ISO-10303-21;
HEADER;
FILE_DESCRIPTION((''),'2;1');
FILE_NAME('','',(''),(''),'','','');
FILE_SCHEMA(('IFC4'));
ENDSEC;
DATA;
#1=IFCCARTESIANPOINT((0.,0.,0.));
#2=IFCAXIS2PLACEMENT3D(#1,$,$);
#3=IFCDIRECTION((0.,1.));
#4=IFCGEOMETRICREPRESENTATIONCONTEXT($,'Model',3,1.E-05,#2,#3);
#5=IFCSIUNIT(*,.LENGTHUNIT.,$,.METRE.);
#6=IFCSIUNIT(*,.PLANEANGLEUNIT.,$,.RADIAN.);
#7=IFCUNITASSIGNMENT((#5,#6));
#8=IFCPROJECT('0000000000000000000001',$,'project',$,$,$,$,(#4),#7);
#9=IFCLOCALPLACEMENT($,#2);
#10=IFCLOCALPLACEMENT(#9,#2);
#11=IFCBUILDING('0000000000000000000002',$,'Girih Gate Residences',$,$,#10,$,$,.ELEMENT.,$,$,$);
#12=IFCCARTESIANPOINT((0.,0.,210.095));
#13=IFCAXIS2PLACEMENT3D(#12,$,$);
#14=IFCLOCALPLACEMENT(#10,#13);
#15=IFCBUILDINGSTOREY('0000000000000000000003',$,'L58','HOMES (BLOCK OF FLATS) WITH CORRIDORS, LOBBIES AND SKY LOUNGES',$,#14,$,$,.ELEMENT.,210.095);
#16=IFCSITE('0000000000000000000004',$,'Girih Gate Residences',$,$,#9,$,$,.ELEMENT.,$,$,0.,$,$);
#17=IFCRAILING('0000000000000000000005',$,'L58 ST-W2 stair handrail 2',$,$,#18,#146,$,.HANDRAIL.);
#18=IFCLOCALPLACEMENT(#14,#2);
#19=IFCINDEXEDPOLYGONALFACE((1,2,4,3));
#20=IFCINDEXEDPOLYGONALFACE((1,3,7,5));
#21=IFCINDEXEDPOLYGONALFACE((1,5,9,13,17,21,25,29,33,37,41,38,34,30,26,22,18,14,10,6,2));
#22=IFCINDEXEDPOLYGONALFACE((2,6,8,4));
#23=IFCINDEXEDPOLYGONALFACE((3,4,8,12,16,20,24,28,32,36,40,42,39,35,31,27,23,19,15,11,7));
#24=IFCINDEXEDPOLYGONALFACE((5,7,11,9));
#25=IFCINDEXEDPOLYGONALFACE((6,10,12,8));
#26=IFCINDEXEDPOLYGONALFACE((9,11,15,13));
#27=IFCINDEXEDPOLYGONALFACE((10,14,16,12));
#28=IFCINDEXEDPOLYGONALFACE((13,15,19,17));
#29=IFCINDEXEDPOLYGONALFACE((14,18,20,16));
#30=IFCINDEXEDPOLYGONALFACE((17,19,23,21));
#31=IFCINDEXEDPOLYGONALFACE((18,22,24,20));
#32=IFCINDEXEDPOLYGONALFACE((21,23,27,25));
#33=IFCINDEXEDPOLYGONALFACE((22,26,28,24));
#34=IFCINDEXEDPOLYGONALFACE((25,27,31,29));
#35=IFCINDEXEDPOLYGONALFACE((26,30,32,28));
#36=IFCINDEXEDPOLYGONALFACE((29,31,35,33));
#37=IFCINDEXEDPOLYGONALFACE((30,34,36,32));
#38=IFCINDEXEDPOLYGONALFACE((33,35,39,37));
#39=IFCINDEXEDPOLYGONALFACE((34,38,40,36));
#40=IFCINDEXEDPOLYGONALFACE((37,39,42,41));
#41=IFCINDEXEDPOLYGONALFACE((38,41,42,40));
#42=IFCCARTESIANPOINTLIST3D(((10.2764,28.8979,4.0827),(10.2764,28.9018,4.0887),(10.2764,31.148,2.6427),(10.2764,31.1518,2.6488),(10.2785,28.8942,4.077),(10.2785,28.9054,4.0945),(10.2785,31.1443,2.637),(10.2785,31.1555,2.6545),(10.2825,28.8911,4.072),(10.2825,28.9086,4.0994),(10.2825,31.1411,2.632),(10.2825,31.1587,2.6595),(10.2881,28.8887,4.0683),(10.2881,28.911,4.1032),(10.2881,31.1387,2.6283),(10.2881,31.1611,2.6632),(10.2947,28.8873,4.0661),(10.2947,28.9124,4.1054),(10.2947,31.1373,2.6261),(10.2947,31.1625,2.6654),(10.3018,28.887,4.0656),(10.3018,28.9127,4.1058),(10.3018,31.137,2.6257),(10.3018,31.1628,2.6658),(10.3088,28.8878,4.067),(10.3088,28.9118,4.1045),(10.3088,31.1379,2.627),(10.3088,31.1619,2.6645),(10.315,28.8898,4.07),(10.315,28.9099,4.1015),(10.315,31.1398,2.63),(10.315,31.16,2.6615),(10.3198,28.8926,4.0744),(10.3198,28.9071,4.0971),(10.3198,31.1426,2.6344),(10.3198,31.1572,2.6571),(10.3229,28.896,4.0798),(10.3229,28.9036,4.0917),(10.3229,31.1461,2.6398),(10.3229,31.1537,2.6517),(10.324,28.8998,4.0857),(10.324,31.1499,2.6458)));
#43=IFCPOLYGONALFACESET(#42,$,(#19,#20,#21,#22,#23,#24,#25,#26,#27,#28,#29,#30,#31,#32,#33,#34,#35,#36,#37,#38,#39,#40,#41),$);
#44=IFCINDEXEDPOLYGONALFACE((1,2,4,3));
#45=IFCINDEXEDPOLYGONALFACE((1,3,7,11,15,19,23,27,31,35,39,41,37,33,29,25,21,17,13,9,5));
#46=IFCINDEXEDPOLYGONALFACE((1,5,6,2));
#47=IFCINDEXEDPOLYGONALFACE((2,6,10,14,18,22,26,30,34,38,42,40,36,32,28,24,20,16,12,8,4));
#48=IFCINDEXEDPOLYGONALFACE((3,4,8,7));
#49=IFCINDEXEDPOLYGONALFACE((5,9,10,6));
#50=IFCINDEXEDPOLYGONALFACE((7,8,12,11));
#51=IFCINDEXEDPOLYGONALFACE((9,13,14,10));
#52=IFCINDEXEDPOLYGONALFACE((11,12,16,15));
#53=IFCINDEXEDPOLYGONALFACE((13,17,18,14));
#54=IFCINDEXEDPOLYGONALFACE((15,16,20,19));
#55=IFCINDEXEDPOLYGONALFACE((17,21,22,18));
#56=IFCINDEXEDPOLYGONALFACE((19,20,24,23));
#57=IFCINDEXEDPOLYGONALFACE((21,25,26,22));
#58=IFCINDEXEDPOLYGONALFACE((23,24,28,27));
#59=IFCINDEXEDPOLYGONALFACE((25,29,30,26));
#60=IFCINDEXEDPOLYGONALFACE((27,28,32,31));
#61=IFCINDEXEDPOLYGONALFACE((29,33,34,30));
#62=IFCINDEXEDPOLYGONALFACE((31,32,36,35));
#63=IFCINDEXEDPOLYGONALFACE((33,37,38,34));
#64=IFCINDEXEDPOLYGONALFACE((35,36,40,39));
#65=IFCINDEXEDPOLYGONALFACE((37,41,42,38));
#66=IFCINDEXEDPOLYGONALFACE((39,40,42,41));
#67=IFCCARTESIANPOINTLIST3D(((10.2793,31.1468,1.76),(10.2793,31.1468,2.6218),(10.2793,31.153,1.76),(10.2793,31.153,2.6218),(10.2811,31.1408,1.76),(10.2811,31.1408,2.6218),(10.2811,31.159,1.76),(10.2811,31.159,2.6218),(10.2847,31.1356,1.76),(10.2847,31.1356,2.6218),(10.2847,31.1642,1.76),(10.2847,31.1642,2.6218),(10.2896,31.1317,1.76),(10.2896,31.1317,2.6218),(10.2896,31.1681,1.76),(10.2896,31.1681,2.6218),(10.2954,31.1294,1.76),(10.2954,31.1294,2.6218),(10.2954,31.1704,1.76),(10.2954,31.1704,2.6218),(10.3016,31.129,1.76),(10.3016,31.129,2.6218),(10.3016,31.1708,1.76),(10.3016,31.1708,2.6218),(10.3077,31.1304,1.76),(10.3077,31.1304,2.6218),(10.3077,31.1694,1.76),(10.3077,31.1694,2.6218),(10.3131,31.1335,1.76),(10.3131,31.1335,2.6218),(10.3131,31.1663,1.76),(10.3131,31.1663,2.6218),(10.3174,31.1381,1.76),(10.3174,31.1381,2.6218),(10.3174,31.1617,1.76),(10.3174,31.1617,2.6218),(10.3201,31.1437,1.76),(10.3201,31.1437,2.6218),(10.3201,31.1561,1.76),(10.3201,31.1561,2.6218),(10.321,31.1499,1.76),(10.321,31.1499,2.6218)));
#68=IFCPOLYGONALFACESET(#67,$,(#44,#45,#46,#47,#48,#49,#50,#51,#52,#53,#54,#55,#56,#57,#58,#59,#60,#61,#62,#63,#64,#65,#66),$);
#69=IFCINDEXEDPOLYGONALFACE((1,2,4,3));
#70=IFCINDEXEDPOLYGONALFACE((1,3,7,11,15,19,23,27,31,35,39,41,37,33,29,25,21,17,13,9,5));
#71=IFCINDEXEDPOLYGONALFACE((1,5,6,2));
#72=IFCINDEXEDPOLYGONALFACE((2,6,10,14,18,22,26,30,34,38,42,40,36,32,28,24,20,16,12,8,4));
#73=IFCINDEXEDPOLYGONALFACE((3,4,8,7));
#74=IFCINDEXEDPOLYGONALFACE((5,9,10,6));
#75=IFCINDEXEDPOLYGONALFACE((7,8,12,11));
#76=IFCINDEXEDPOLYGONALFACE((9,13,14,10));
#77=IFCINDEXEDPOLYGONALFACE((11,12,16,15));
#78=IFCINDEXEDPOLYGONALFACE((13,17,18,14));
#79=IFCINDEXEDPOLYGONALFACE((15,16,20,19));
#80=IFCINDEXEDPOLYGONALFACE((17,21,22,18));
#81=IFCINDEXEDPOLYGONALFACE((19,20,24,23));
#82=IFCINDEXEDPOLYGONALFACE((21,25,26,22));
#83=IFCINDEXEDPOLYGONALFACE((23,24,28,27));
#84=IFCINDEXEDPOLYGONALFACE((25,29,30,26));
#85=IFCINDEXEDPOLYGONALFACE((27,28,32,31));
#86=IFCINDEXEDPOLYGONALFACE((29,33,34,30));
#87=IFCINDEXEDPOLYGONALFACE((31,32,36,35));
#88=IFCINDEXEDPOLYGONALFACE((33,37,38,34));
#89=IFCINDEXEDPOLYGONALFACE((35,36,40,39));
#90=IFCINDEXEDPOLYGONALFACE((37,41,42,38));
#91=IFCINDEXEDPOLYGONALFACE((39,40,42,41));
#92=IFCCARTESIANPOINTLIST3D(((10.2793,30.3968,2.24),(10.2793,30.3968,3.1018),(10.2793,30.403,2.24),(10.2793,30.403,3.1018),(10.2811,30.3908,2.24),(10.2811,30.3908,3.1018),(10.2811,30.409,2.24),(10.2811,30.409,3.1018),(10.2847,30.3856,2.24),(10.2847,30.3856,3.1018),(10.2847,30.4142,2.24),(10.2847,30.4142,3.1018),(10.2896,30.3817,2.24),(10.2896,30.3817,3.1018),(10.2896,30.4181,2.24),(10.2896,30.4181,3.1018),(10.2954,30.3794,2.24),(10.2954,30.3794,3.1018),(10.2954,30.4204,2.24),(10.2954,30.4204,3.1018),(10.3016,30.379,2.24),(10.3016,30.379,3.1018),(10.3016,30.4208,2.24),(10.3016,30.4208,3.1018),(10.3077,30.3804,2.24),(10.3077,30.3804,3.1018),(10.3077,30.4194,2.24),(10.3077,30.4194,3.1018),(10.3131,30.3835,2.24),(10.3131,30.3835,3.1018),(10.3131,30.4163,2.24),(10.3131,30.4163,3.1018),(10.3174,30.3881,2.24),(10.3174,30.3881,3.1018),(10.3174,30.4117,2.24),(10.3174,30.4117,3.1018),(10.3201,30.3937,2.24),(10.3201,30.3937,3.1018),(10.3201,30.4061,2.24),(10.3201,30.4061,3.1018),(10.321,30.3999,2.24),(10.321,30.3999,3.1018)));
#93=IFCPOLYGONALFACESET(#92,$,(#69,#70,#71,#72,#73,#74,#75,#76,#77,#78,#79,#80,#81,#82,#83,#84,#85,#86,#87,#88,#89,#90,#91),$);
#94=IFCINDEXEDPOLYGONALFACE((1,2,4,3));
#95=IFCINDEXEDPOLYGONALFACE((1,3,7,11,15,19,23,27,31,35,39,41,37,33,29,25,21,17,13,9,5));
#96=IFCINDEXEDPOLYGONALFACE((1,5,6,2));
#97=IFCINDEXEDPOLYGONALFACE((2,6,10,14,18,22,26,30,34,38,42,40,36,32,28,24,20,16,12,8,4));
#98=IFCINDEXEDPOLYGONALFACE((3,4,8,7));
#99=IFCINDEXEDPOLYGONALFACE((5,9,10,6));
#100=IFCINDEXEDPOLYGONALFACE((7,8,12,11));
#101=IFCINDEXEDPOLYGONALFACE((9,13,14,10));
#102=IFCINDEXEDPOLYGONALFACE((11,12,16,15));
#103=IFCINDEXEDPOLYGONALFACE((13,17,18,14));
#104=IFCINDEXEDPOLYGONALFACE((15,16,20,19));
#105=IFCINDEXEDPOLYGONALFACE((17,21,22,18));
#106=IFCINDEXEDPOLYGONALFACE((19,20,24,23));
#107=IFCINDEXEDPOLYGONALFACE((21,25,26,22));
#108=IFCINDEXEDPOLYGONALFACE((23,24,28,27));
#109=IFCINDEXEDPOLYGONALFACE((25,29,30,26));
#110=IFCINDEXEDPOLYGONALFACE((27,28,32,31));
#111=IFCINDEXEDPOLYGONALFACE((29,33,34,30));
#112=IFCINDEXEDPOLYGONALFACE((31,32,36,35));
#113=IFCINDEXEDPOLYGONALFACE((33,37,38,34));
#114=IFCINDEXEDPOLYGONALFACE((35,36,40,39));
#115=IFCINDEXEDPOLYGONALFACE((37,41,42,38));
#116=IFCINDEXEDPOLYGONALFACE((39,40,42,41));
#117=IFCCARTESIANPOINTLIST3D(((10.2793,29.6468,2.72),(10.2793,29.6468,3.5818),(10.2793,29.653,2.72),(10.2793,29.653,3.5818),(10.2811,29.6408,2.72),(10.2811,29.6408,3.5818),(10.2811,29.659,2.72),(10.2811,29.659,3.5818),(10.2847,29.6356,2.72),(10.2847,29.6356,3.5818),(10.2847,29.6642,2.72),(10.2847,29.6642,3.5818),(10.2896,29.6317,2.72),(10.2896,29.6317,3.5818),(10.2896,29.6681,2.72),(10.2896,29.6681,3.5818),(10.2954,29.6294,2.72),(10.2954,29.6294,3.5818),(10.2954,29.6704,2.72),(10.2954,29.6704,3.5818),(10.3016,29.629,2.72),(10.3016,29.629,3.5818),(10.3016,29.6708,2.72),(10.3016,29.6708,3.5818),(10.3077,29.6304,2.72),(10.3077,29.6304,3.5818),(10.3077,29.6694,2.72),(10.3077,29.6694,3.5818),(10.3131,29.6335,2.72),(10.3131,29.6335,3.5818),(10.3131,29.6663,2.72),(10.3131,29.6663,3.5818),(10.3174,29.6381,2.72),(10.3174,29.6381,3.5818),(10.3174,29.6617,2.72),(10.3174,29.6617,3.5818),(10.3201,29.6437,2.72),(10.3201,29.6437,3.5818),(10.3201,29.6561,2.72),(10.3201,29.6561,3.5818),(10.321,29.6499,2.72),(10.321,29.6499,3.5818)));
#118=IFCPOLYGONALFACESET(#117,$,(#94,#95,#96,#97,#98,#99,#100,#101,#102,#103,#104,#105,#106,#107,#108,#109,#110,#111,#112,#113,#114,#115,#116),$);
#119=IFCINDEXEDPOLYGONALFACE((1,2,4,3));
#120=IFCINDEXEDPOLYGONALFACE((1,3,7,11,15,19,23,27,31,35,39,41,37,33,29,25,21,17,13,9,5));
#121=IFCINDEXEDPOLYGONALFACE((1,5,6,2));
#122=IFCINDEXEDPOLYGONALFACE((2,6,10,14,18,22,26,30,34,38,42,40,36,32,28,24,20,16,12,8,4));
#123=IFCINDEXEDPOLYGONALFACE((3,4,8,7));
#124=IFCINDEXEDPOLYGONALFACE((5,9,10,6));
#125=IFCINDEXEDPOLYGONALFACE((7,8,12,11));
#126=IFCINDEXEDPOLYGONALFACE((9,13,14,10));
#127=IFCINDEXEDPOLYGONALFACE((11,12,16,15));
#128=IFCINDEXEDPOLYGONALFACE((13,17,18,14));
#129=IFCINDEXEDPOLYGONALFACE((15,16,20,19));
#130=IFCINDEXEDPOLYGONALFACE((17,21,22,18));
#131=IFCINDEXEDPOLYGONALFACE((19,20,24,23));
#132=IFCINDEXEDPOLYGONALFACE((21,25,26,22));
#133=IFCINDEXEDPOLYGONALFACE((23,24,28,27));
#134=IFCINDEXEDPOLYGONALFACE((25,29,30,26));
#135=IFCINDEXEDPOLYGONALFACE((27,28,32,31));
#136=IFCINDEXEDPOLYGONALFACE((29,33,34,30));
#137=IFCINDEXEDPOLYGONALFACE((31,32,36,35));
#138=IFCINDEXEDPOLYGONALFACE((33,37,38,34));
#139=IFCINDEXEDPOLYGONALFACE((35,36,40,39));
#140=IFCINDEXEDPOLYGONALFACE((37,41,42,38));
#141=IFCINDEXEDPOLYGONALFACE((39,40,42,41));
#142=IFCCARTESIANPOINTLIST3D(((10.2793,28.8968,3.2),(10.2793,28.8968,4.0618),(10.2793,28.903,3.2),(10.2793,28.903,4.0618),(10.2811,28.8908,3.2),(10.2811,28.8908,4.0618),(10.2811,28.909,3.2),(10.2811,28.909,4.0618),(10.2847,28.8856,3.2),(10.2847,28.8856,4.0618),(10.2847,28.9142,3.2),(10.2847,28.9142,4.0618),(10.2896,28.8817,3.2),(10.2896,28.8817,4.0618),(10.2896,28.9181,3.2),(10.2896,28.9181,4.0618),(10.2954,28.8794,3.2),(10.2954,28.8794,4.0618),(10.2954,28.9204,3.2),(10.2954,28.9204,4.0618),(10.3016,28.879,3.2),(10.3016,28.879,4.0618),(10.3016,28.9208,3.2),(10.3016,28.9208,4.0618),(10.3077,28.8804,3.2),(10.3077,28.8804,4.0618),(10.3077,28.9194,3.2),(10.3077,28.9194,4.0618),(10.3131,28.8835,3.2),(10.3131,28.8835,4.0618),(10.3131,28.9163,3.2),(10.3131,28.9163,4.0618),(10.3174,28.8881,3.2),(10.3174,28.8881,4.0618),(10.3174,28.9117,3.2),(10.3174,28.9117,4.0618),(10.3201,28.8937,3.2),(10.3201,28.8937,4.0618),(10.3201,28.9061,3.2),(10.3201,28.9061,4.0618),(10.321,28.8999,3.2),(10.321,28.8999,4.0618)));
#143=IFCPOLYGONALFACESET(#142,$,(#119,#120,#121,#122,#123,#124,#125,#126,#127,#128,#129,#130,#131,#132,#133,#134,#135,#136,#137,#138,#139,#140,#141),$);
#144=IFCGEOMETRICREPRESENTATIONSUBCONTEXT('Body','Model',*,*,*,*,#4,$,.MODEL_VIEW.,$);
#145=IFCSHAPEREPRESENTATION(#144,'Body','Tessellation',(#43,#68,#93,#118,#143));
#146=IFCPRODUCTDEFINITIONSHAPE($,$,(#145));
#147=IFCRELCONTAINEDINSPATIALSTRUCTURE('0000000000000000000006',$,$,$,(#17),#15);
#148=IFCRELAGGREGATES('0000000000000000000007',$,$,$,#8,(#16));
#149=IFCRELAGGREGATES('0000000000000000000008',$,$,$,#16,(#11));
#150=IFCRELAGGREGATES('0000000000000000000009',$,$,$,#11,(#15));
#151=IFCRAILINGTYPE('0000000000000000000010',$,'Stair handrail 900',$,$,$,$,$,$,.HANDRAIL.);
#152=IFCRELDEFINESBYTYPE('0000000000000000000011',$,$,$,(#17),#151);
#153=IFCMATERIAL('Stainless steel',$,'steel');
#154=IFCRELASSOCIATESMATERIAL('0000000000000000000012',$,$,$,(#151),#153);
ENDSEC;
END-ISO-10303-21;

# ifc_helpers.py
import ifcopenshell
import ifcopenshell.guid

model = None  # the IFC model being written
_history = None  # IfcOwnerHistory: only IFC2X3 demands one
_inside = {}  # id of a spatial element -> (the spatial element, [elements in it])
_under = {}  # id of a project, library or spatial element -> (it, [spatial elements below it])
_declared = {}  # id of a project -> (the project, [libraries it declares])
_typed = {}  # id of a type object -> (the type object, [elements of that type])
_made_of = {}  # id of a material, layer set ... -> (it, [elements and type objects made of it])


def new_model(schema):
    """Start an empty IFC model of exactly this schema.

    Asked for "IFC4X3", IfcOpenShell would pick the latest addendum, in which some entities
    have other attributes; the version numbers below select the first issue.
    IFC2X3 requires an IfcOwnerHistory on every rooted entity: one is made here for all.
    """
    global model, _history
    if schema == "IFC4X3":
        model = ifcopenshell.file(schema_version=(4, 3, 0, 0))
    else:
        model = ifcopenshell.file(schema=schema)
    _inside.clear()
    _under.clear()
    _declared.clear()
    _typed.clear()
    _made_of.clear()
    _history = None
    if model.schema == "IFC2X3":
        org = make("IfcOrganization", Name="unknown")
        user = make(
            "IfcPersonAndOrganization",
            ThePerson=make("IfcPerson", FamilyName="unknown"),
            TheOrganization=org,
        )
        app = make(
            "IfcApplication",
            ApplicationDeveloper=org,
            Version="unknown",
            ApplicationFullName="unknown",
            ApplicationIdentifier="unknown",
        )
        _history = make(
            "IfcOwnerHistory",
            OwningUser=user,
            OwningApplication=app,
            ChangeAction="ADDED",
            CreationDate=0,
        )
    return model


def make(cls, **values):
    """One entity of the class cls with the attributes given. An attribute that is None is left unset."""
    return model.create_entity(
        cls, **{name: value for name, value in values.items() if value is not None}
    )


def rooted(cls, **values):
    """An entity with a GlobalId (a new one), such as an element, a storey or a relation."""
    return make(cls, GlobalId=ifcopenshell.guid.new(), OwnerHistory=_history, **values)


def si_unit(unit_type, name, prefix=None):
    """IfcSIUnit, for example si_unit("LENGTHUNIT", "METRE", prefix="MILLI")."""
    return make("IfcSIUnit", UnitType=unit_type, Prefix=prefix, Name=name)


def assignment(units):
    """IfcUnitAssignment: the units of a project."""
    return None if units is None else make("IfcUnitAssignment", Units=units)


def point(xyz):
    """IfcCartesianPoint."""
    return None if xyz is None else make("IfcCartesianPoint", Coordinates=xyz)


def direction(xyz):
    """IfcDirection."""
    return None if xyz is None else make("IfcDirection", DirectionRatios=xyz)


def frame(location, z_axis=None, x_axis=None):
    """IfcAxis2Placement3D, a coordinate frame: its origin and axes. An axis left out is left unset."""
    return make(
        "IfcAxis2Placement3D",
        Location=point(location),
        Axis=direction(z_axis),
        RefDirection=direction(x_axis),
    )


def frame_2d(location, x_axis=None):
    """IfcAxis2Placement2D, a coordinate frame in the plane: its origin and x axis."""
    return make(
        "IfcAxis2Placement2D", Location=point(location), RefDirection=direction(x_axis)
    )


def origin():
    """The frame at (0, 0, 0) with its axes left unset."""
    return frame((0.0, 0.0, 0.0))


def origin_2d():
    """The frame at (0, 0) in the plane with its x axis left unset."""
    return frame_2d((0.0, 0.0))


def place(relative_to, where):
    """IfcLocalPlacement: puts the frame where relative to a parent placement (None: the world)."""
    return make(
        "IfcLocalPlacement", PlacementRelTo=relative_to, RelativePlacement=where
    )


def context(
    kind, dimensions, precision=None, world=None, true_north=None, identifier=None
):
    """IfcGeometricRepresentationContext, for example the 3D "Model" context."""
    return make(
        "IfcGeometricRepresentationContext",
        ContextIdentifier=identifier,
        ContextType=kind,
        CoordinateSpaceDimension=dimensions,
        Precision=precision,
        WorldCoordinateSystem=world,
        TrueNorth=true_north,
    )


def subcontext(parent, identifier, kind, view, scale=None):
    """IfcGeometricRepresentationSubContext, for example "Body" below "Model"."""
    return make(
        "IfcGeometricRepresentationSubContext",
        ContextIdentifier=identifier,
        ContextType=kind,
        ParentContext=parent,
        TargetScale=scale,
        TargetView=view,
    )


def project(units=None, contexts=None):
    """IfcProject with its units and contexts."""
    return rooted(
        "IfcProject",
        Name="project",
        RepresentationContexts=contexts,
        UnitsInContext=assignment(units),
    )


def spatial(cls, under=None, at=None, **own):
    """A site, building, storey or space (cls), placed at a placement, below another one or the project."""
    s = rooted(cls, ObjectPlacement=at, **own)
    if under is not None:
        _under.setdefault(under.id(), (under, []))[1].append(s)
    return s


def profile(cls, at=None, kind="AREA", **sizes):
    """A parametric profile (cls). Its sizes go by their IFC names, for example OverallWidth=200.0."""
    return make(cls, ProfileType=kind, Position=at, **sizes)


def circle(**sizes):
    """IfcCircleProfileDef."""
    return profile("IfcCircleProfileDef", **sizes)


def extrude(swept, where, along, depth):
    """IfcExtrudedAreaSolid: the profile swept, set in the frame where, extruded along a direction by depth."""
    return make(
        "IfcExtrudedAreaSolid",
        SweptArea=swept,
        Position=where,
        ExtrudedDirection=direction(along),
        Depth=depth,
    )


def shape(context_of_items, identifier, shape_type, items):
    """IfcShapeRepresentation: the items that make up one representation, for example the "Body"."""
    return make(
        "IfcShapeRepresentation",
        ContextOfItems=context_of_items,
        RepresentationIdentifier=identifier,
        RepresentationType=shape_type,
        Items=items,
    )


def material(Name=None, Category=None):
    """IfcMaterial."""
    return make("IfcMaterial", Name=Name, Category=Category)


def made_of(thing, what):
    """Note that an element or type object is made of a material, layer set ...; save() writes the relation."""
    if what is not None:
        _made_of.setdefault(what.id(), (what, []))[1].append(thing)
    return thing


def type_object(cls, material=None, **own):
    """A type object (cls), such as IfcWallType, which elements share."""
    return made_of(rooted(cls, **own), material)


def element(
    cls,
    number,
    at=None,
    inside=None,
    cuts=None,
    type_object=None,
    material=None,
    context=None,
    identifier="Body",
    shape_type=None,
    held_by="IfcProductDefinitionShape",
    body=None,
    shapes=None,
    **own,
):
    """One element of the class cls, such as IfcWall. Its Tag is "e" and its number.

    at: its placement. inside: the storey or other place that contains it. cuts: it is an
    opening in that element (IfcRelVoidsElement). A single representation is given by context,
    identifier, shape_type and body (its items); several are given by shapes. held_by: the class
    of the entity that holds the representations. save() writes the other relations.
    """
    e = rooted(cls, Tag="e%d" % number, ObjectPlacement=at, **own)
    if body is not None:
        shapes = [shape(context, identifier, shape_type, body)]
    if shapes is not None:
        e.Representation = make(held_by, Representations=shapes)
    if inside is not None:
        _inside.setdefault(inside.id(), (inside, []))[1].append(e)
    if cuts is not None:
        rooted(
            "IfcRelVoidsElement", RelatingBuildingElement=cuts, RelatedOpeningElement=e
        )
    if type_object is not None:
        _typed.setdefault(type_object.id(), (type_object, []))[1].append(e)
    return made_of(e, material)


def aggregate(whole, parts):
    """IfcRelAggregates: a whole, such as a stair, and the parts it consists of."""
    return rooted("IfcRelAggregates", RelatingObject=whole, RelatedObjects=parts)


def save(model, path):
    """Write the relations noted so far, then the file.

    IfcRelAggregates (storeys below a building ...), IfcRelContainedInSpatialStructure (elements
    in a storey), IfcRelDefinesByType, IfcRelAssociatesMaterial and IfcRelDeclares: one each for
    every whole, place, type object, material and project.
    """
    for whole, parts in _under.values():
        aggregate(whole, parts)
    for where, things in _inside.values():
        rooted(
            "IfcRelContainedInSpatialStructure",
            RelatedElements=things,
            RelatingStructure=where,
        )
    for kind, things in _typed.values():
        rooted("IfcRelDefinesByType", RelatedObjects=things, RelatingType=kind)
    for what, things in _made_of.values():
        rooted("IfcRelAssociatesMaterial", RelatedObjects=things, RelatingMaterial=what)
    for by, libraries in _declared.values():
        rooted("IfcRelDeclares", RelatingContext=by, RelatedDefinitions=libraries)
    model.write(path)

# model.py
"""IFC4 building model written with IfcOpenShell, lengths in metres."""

from ifc_helpers import new_model, si_unit, direction, frame, origin, origin_2d, place, context, subcontext, project, spatial, circle, extrude, material, type_object, element, save


model = new_model("IFC4")

# Units and contexts
model_context = context("Model", 3, precision=1e-05, world=origin(), true_north=direction((0.0, 1.0)))
body_context = subcontext(model_context, "Body", "Model", "MODEL_VIEW")
ifc_project = project(units=[si_unit("LENGTHUNIT", "METRE"), si_unit("PLANEANGLEUNIT", "RADIAN")], contexts=[model_context])

# Site, building, storey
site_placement = place(None, origin())
site = spatial("IfcSite", under=ifc_project, at=site_placement, Name="Girih Gate Residences", CompositionType="ELEMENT", RefElevation=0.0)
building_placement = place(site_placement, origin())
building = spatial("IfcBuilding", under=site, at=building_placement, Name="Girih Gate Residences", CompositionType="ELEMENT")
storey_placement = place(building_placement, frame((0.0, 0.0, 210.095)))
storey = spatial("IfcBuildingStorey", under=building, at=storey_placement, Name="L58", Description="HOMES (BLOCK OF FLATS) WITH CORRIDORS, LOBBIES AND SKY LOUNGES", CompositionType="ELEMENT", Elevation=210.095)

# Railing
ifc_material_1 = material(Name="Stainless steel", Category="steel")
railing_type_1 = type_object("IfcRailingType", Name="Stair handrail 900", PredefinedType="HANDRAIL", material=ifc_material_1)
railing_1_placement = place(storey_placement, frame((10.3, 31.1499, 1.76)))
element("IfcRailing", 1, at=railing_1_placement, inside=storey, type_object=railing_type_1, Name="L58 ST-W2 stair handrail 2", PredefinedType="HANDRAIL", context=body_context, shape_type="SweptSolid", body=[
    extrude(circle(Radius=0.0239, at=origin_2d()), frame((0.0, 0.0, 0.8857), z_axis=(0.0, -0.842281, 0.539038), x_axis=(1.0, 0.0, 0.0)), (0.0, 0.0, 1.0), 2.6714),
    extrude(circle(Radius=0.021, at=origin_2d()), origin(), (0.0, 0.0, 1.0), 0.8618),
    extrude(circle(Radius=0.021, at=origin_2d()), frame((0.0, -0.75, 0.48)), (0.0, 0.0, 1.0), 0.8618),
    extrude(circle(Radius=0.021, at=origin_2d()), frame((0.0, -1.5, 0.96)), (0.0, 0.0, 1.0), 0.8618),
    extrude(circle(Radius=0.021, at=origin_2d()), frame((0.0, -2.25, 1.4399)), (0.0, 0.0, 1.0), 0.8618),
])

save(model, "model.ifc")
